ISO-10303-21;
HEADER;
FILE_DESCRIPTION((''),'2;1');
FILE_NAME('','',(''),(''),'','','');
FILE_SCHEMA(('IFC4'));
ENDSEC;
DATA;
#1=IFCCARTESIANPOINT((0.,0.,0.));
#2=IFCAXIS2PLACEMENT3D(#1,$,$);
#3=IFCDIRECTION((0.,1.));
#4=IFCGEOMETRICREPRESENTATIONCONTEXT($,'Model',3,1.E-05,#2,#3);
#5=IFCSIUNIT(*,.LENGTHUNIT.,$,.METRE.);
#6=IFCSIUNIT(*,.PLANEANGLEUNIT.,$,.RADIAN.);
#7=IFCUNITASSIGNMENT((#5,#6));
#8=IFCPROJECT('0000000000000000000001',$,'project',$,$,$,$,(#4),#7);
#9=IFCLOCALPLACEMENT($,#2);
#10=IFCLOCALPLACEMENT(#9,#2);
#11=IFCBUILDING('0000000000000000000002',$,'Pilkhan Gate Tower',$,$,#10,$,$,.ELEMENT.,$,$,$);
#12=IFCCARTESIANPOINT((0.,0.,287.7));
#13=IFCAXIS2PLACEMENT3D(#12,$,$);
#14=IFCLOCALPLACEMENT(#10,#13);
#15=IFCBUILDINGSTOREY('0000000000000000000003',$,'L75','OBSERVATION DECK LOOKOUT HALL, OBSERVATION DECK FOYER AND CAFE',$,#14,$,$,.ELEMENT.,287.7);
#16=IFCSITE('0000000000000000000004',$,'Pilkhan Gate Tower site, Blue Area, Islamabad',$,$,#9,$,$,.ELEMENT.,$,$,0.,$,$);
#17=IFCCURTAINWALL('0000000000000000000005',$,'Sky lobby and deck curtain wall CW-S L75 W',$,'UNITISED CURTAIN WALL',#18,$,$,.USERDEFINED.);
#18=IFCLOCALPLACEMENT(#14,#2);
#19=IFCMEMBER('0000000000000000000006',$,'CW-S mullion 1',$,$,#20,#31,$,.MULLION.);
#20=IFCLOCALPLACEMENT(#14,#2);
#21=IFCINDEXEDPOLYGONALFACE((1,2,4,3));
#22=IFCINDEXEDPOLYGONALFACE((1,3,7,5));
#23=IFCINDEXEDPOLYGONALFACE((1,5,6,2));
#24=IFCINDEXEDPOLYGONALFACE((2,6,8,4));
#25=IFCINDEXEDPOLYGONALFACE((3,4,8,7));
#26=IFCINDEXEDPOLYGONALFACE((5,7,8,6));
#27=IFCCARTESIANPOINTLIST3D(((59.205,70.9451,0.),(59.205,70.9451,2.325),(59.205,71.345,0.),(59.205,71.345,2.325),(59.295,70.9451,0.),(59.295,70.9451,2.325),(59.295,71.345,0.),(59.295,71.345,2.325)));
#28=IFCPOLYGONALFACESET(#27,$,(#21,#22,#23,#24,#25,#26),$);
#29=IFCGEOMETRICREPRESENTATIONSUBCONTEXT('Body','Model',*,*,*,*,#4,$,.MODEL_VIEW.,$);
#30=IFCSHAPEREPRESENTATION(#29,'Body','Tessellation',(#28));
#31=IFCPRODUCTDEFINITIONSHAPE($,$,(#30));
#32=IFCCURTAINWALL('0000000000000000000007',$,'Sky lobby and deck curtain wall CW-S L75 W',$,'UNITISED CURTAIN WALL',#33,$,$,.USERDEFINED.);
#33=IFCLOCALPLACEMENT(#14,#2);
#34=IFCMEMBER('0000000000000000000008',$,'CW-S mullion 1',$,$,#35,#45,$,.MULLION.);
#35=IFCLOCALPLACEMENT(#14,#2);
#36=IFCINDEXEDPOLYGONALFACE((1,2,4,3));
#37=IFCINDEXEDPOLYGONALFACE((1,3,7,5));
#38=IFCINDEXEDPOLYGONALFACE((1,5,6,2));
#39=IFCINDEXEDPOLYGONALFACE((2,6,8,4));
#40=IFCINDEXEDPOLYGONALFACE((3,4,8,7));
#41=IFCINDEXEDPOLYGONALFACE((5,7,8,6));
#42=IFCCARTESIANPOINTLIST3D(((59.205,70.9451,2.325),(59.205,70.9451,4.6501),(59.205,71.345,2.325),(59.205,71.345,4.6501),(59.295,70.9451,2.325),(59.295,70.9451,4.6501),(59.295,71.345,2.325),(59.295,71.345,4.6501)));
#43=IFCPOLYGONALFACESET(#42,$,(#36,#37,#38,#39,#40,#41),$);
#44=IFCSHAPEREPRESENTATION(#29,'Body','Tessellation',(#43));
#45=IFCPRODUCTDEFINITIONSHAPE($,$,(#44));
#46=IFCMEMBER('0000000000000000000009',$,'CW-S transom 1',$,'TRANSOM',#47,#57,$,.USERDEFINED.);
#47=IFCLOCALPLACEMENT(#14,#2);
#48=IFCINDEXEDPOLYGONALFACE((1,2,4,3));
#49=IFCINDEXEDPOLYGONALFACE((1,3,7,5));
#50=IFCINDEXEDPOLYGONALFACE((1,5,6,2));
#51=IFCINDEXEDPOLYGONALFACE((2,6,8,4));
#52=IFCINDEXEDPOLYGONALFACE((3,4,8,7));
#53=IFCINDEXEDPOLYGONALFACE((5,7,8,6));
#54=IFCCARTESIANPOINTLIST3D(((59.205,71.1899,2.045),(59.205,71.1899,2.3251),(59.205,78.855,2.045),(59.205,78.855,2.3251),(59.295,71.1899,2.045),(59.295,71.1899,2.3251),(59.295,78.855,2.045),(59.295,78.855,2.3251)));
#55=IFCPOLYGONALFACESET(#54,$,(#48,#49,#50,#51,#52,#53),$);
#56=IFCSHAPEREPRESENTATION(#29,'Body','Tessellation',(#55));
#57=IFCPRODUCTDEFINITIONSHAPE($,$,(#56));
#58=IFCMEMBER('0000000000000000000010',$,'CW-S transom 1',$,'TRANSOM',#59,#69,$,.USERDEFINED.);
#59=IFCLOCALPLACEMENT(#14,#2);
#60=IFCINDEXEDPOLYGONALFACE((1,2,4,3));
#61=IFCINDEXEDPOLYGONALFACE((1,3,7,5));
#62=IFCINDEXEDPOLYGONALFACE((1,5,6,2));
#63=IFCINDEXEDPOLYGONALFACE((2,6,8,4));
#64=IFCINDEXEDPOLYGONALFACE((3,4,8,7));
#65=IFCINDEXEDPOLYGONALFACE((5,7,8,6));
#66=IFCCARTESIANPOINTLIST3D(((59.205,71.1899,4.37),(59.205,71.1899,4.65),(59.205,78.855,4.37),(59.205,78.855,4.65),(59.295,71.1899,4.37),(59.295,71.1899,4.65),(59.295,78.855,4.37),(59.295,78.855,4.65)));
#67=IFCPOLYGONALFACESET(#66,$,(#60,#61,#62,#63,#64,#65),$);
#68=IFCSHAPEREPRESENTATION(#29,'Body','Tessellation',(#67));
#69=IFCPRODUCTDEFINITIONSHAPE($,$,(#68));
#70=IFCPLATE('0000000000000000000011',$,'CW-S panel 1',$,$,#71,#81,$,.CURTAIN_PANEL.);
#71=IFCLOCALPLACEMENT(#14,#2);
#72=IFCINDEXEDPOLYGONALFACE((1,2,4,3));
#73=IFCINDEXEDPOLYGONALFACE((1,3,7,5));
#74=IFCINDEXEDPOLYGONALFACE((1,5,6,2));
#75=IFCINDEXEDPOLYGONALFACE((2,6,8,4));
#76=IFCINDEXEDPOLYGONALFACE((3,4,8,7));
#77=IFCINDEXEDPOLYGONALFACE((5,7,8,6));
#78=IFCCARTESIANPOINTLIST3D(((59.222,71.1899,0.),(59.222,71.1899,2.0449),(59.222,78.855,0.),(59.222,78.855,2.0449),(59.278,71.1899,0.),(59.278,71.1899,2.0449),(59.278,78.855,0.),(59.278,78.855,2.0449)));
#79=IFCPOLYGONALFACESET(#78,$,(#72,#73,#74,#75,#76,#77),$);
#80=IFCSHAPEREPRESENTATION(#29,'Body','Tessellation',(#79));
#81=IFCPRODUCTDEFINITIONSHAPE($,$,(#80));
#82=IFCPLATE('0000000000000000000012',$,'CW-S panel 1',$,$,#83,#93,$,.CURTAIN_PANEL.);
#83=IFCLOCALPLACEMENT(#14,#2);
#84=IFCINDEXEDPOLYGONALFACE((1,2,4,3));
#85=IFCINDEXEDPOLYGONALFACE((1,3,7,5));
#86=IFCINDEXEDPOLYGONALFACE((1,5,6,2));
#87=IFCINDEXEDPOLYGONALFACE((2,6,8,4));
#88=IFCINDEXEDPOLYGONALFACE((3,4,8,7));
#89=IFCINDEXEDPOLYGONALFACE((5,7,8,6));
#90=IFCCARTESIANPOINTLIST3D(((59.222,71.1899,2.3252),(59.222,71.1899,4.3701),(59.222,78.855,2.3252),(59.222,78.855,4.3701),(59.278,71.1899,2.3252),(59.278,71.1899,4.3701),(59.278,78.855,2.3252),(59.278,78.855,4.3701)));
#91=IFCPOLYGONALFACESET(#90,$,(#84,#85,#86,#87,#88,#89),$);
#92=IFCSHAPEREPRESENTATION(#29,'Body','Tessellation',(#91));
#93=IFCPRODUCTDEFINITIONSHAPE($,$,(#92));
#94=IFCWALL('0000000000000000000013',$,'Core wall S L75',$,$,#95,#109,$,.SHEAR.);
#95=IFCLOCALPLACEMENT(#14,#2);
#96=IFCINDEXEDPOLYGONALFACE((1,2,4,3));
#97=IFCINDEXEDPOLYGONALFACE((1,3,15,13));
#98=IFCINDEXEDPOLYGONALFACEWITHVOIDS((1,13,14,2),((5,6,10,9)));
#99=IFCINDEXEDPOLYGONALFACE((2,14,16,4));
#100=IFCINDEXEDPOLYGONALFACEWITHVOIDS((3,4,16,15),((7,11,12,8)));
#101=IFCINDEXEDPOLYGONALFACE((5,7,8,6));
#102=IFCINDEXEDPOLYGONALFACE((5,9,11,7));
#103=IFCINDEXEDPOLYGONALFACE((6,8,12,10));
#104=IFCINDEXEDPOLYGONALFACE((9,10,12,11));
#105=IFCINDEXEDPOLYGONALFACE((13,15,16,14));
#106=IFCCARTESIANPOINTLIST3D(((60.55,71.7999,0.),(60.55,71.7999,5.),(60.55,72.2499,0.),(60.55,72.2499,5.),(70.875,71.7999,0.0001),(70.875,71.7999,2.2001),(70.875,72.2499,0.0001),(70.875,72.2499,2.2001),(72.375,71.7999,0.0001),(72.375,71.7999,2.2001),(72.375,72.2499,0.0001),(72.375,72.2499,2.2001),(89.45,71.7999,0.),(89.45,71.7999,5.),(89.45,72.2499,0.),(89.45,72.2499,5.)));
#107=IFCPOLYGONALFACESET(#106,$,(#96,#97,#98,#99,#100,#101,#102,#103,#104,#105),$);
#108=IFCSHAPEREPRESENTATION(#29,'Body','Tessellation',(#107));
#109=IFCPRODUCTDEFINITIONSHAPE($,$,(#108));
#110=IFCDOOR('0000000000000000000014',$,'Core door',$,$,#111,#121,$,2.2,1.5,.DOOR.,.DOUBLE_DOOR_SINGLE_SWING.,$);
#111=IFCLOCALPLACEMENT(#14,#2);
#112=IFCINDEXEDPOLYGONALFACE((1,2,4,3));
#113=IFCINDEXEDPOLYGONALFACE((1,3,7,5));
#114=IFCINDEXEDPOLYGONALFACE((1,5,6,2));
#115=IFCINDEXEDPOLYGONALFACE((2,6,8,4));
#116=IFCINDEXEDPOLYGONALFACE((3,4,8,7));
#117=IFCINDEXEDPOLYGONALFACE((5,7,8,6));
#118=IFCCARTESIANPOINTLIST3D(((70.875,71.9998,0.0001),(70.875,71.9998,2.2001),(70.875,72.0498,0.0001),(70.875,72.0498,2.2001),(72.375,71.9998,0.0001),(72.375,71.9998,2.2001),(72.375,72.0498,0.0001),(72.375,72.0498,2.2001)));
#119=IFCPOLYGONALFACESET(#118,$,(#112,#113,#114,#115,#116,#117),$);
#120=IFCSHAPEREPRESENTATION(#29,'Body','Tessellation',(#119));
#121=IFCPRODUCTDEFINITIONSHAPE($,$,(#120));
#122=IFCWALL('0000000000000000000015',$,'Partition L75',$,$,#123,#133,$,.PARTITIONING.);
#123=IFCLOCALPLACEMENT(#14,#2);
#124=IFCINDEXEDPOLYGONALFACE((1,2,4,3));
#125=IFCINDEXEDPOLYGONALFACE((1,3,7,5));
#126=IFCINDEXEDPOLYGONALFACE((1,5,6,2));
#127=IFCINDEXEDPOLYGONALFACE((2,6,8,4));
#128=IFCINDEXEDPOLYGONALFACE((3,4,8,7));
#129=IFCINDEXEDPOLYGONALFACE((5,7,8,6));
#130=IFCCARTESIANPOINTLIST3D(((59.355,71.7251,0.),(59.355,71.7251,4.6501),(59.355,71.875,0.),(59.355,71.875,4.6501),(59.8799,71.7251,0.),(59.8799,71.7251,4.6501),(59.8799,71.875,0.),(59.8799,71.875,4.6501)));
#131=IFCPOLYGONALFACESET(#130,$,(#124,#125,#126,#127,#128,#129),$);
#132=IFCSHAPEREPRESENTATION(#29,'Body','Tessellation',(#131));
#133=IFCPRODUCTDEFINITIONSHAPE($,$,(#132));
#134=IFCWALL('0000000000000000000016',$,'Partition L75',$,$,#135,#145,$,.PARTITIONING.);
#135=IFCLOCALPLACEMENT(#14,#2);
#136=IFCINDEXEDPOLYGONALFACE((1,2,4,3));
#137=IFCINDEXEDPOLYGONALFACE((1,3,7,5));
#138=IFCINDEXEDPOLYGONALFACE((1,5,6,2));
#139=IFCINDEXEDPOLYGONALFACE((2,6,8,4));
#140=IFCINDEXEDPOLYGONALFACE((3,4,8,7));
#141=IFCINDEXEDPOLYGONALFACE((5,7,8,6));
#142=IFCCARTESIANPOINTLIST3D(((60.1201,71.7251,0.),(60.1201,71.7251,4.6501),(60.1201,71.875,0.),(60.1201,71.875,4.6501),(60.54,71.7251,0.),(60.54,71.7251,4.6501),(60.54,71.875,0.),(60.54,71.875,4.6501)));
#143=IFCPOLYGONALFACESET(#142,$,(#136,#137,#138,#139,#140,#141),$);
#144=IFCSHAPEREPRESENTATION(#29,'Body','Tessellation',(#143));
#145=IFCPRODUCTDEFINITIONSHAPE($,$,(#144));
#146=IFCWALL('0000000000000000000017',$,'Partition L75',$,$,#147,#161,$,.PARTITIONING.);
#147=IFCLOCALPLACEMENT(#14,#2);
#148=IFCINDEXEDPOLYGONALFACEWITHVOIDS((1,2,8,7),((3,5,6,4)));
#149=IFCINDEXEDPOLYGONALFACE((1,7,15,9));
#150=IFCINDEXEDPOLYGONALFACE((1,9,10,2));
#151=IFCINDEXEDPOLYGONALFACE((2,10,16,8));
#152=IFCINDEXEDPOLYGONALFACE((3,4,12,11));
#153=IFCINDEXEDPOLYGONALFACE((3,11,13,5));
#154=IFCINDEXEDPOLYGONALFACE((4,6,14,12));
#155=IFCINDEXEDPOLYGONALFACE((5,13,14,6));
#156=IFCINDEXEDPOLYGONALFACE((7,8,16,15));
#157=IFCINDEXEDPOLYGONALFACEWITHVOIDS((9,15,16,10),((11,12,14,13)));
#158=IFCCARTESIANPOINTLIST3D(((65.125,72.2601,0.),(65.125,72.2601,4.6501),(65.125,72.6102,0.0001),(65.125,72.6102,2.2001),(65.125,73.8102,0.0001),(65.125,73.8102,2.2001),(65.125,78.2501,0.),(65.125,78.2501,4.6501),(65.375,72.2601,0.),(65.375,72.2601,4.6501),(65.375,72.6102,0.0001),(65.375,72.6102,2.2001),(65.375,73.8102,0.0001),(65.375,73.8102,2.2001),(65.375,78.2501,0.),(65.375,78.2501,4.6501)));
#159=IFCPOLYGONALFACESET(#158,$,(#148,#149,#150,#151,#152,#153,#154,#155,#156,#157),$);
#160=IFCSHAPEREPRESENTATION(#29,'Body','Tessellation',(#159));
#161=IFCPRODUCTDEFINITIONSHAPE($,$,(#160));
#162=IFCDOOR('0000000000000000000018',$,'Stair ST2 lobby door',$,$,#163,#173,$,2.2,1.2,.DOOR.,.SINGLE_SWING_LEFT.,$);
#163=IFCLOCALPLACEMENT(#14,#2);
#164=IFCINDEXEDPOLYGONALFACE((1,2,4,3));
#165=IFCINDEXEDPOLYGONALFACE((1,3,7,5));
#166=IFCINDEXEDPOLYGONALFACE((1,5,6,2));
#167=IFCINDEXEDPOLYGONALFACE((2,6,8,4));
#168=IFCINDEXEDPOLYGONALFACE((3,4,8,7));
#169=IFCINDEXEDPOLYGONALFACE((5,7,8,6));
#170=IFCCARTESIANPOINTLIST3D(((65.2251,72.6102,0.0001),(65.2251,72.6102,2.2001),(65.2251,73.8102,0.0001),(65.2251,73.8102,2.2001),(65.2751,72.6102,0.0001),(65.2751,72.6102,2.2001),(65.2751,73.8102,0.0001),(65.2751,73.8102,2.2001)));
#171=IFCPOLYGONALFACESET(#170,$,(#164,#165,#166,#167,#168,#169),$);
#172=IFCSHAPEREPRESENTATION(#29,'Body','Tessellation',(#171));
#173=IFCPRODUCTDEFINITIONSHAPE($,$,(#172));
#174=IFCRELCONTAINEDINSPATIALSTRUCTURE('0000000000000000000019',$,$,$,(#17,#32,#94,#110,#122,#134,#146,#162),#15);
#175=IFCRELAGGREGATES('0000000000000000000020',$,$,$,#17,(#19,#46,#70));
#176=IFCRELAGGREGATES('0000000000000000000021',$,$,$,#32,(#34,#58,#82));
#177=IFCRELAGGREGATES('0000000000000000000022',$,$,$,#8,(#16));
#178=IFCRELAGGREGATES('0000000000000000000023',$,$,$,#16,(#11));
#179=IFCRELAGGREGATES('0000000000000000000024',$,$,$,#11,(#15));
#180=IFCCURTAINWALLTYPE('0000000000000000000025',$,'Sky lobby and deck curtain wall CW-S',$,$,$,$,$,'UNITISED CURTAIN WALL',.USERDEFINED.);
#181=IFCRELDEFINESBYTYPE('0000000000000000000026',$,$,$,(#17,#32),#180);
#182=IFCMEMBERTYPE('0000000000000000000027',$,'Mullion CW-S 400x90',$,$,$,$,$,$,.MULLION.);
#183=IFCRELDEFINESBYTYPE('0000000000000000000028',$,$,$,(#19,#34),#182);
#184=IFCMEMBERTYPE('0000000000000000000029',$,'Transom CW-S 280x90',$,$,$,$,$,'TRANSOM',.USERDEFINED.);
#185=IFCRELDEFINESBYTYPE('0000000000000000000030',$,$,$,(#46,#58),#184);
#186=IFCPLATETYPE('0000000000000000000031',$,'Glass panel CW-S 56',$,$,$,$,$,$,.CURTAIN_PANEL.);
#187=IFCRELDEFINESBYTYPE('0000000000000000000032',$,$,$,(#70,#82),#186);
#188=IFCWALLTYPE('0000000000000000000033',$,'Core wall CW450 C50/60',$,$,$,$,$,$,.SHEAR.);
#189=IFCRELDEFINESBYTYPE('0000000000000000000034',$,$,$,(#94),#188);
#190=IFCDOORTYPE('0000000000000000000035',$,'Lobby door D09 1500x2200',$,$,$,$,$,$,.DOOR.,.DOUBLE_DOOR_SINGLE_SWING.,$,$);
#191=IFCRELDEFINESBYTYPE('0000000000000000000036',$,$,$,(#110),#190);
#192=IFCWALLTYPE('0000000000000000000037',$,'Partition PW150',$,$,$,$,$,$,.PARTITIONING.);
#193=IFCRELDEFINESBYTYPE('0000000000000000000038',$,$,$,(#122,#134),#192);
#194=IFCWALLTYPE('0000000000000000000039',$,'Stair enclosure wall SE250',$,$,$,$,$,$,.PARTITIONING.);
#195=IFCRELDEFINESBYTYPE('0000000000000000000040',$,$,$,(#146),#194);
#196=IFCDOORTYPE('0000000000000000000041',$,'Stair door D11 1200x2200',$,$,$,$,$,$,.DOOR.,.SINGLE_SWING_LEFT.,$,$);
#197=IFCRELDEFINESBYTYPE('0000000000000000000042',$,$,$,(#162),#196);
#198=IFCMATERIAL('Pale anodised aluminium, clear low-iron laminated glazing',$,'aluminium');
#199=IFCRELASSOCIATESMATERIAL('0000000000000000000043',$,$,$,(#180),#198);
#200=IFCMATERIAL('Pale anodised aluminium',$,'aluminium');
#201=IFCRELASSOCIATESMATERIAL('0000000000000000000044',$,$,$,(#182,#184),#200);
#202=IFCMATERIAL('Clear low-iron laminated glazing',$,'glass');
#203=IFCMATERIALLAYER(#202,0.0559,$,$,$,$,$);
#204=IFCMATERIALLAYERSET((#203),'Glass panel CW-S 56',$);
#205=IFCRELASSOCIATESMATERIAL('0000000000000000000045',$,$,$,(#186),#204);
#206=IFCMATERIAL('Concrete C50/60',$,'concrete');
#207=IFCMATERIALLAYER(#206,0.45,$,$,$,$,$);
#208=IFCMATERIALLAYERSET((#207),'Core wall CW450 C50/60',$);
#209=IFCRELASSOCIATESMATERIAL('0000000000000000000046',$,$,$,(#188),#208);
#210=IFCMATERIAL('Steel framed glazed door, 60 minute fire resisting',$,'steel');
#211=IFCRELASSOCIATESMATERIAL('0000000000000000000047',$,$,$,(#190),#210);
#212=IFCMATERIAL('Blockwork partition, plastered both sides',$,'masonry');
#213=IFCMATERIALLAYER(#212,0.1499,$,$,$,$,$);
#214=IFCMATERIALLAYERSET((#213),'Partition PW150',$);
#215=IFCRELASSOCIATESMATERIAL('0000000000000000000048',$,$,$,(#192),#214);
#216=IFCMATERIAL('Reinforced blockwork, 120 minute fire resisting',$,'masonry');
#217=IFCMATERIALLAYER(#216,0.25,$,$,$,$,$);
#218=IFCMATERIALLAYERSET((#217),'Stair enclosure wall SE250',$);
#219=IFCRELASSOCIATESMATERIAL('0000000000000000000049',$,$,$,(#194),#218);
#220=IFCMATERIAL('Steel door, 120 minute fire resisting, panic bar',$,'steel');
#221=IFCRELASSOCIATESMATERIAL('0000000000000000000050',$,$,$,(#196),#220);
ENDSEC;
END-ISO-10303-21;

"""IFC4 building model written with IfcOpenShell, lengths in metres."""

from ifc_helpers import new_model, si_unit, direction, frame, frame_2d, origin, origin_2d, place, context, subcontext, project, spatial, rectangle, extrude, material, layer, layer_set, material_profile, profile_set, type_object, element, fill, aggregate, save


model = new_model("IFC4")

# Units and contexts
model_context = context("Model", 3, precision=1e-05, world=origin(), true_north=direction((0.0, 1.0)))
body_context = subcontext(model_context, "Body", "Model", "MODEL_VIEW")
ifc_project = project(units=[si_unit("LENGTHUNIT", "METRE"), si_unit("PLANEANGLEUNIT", "RADIAN")], contexts=[model_context])

# Site, building, storey
site_placement = place(None, origin())
site = spatial("IfcSite", under=ifc_project, at=site_placement, Name="Pilkhan Gate Tower site, Blue Area, Islamabad", CompositionType="ELEMENT", RefElevation=0.0)
building_placement = place(site_placement, origin())
building = spatial("IfcBuilding", under=site, at=building_placement, Name="Pilkhan Gate Tower", CompositionType="ELEMENT")
storey_placement = place(building_placement, frame((0.0, 0.0, 287.7)))
storey = spatial("IfcBuildingStorey", under=building, at=storey_placement, Name="L75", Description="OBSERVATION DECK LOOKOUT HALL, OBSERVATION DECK FOYER AND CAFE", CompositionType="ELEMENT", Elevation=287.7)

# Curtain walls, members
ifc_material_1 = material(Name="Pale anodised aluminium, clear low-iron laminated glazing", Category="aluminium")
curtain_wall_type = type_object("IfcCurtainWallType", Name="Sky lobby and deck curtain wall CW-S", ElementType="UNITISED CURTAIN WALL", PredefinedType="USERDEFINED", material=ifc_material_1)
curtain_wall_1_placement = place(storey_placement, origin())
curtain_wall_1 = element("IfcCurtainWall", 1, at=curtain_wall_1_placement, inside=storey, type_object=curtain_wall_type, Name="Sky lobby and deck curtain wall CW-S L75 W", ObjectType="UNITISED CURTAIN WALL", PredefinedType="USERDEFINED")
ifc_material_2 = material(Name="Pale anodised aluminium", Category="aluminium")
ifc_material_profile_1 = material_profile(ifc_material_2, rectangle(XDim=0.0901, YDim=0.3999, at=origin_2d()), Name="Mullion 400x90")
ifc_profile_set_1 = profile_set([ifc_material_profile_1], Name="Pale anodised aluminium")
member_type_1 = type_object("IfcMemberType", Name="Mullion CW-S 400x90", PredefinedType="MULLION", material=ifc_profile_set_1)
member_1_placement = place(storey_placement, frame((59.25, 71.145, 0.0), z_axis=(0.0, 0.0, 1.0), x_axis=(-1.0, 0.0, 0.0)))
member_1 = element("IfcMember", 2, at=member_1_placement, type_object=member_type_1, Name="CW-S mullion 1", PredefinedType="MULLION", context=body_context, shape_type="SweptSolid", body=[
    extrude(rectangle(XDim=0.0901, YDim=0.3999, at=origin_2d()), origin(), (0.0, 0.0, 1.0), 2.325),
])
curtain_wall_2_placement = place(storey_placement, origin())
curtain_wall_2 = element("IfcCurtainWall", 3, at=curtain_wall_2_placement, inside=storey, type_object=curtain_wall_type, Name="Sky lobby and deck curtain wall CW-S L75 W", ObjectType="UNITISED CURTAIN WALL", PredefinedType="USERDEFINED")
member_2_placement = place(storey_placement, frame((59.25, 71.145, 2.325), z_axis=(0.0, 0.0, 1.0), x_axis=(-1.0, 0.0, 0.0)))
member_2 = element("IfcMember", 4, at=member_2_placement, type_object=member_type_1, Name="CW-S mullion 1", PredefinedType="MULLION", context=body_context, shape_type="SweptSolid", body=[
    extrude(rectangle(XDim=0.0901, YDim=0.3999, at=origin_2d()), origin(), (0.0, 0.0, 1.0), 2.3252),
])

# Members
ifc_material_profile_2 = material_profile(ifc_material_2, rectangle(XDim=0.0901, YDim=0.28, at=origin_2d()), Name="Transom 280x90")
ifc_profile_set_2 = profile_set([ifc_material_profile_2], Name="Pale anodised aluminium")
member_type_2 = type_object("IfcMemberType", Name="Transom CW-S 280x90", ElementType="TRANSOM", PredefinedType="USERDEFINED", material=ifc_profile_set_2)
member_3_placement = place(storey_placement, frame((59.25, 71.1899, 2.1851), z_axis=(0.0, 1.0, 0.0), x_axis=(-1.0, 0.0, 0.0)))
member_3 = element("IfcMember", 5, at=member_3_placement, type_object=member_type_2, Name="CW-S transom 1", ObjectType="TRANSOM", PredefinedType="USERDEFINED", context=body_context, shape_type="SweptSolid", body=[
    extrude(rectangle(XDim=0.0901, YDim=0.28, at=origin_2d()), origin(), (0.0, 0.0, 1.0), 7.665),
])
member_4_placement = place(storey_placement, frame((59.25, 71.1899, 4.51), z_axis=(0.0, 1.0, 0.0), x_axis=(-1.0, 0.0, 0.0)))
member_4 = element("IfcMember", 6, at=member_4_placement, type_object=member_type_2, Name="CW-S transom 1", ObjectType="TRANSOM", PredefinedType="USERDEFINED", context=body_context, shape_type="SweptSolid", body=[
    extrude(rectangle(XDim=0.0901, YDim=0.28, at=origin_2d()), origin(), (0.0, 0.0, 1.0), 7.665),
])

# Plates
ifc_material_3 = material(Name="Clear low-iron laminated glazing", Category="glass")
ifc_layer_1 = layer(ifc_material_3, 0.0559)
ifc_layer_set_1 = layer_set([ifc_layer_1], Name="Glass panel CW-S 56")
plate_type = type_object("IfcPlateType", Name="Glass panel CW-S 56", PredefinedType="CURTAIN_PANEL", material=ifc_layer_set_1)
plate_1_placement = place(storey_placement, frame((59.25, 75.0225, 0.0), z_axis=(0.0, 0.0, 1.0), x_axis=(0.0, 1.0, 0.0)))
plate_1 = element("IfcPlate", 7, at=plate_1_placement, type_object=plate_type, Name="CW-S panel 1", PredefinedType="CURTAIN_PANEL", context=body_context, shape_type="SweptSolid", body=[
    extrude(rectangle(XDim=7.665, YDim=0.0559, at=origin_2d()), origin(), (0.0, 0.0, 1.0), 2.0449),
])
aggregate(curtain_wall_1, [member_1, member_3, plate_1])
plate_2_placement = place(storey_placement, frame((59.25, 75.0225, 2.3252), z_axis=(0.0, 0.0, 1.0), x_axis=(0.0, 1.0, 0.0)))
plate_2 = element("IfcPlate", 8, at=plate_2_placement, type_object=plate_type, Name="CW-S panel 1", PredefinedType="CURTAIN_PANEL", context=body_context, shape_type="SweptSolid", body=[
    extrude(rectangle(XDim=7.665, YDim=0.0559, at=origin_2d()), origin(), (0.0, 0.0, 1.0), 2.0449),
])
aggregate(curtain_wall_2, [member_2, member_4, plate_2])

# Wall, opening, door
ifc_material_4 = material(Name="Concrete C50/60", Category="concrete")
ifc_layer_2 = layer(ifc_material_4, 0.45)
ifc_layer_set_2 = layer_set([ifc_layer_2], Name="Core wall CW450 C50/60")
wall_type_1 = type_object("IfcWallType", Name="Core wall CW450 C50/60", PredefinedType="SHEAR", material=ifc_layer_set_2)
wall_1_placement = place(storey_placement, frame((60.55, 72.0249, 0.0), z_axis=(0.0, 0.0, 1.0), x_axis=(1.0, 0.0, 0.0)))
wall_1 = element("IfcWall", 9, at=wall_1_placement, inside=storey, type_object=wall_type_1, Name="Core wall S L75", PredefinedType="SHEAR", context=body_context, shape_type="SweptSolid", body=[
    extrude(rectangle(XDim=28.8999, YDim=0.45, at=frame_2d((14.45, 0.0))), origin(), (0.0, 0.0, 1.0), 5.0),
])
opening_1_placement = place(wall_1_placement, frame((10.325, 0.0, 0.0)))
opening_1 = element("IfcOpeningElement", 10, at=opening_1_placement, cuts=wall_1, PredefinedType="OPENING", context=body_context, shape_type="SweptSolid", body=[
    extrude(rectangle(XDim=1.5, YDim=2.2, at=frame_2d((0.75, 1.1001))), frame((0.0, 0.2349, 0.0), z_axis=(0.0, -1.0, 0.0), x_axis=(1.0, 0.0, 0.0)), (0.0, 0.0, 1.0), 0.47),
])
ifc_material_5 = material(Name="Steel framed glazed door, 60 minute fire resisting", Category="steel")
door_type_1 = type_object("IfcDoorType", Name="Lobby door D09 1500x2200", OperationType="DOUBLE_DOOR_SINGLE_SWING", PredefinedType="DOOR", material=ifc_material_5)
door_1_placement = place(opening_1_placement, origin())
door_1 = element("IfcDoor", 11, at=door_1_placement, inside=storey, type_object=door_type_1, Name="Core door", OperationType="DOUBLE_DOOR_SINGLE_SWING", OverallHeight=2.2, OverallWidth=1.5, PredefinedType="DOOR", context=body_context, shape_type="SweptSolid", body=[
    extrude(rectangle(XDim=1.5, YDim=2.2, at=frame_2d((0.75, 1.1001))), frame((0.0, 0.0249, 0.0), z_axis=(0.0, -1.0, 0.0), x_axis=(1.0, 0.0, 0.0)), (0.0, 0.0, 1.0), 0.05),
])
fill(opening_1, door_1)

# Walls
ifc_material_6 = material(Name="Blockwork partition, plastered both sides", Category="masonry")
ifc_layer_3 = layer(ifc_material_6, 0.1499)
ifc_layer_set_3 = layer_set([ifc_layer_3], Name="Partition PW150")
wall_type_2 = type_object("IfcWallType", Name="Partition PW150", PredefinedType="PARTITIONING", material=ifc_layer_set_3)
wall_2_placement = place(storey_placement, frame((59.355, 71.8, 0.0), z_axis=(0.0, 0.0, 1.0), x_axis=(1.0, 0.0, 0.0)))
element("IfcWall", 12, at=wall_2_placement, inside=storey, type_object=wall_type_2, Name="Partition L75", PredefinedType="PARTITIONING", context=body_context, shape_type="SweptSolid", body=[
    extrude(rectangle(XDim=0.5249, YDim=0.1499, at=frame_2d((0.2625, 0.0))), origin(), (0.0, 0.0, 1.0), 4.6501),
])
wall_3_placement = place(storey_placement, frame((60.1201, 71.8, 0.0), z_axis=(0.0, 0.0, 1.0), x_axis=(1.0, 0.0, 0.0)))
element("IfcWall", 13, at=wall_3_placement, inside=storey, type_object=wall_type_2, Name="Partition L75", PredefinedType="PARTITIONING", context=body_context, shape_type="SweptSolid", body=[
    extrude(rectangle(XDim=0.4199, YDim=0.1499, at=frame_2d((0.21, 0.0))), origin(), (0.0, 0.0, 1.0), 4.6501),
])

# Wall, opening, door
ifc_material_7 = material(Name="Reinforced blockwork, 120 minute fire resisting", Category="masonry")
ifc_layer_4 = layer(ifc_material_7, 0.25)
ifc_layer_set_4 = layer_set([ifc_layer_4], Name="Stair enclosure wall SE250")
wall_type_3 = type_object("IfcWallType", Name="Stair enclosure wall SE250", PredefinedType="PARTITIONING", material=ifc_layer_set_4)
wall_4_placement = place(storey_placement, frame((65.25, 72.26, 0.0), z_axis=(0.0, 0.0, 1.0), x_axis=(0.0, 1.0, 0.0)))
wall_4 = element("IfcWall", 14, at=wall_4_placement, inside=storey, type_object=wall_type_3, Name="Partition L75", PredefinedType="PARTITIONING", context=body_context, shape_type="SweptSolid", body=[
    extrude(rectangle(XDim=5.99, YDim=0.25, at=frame_2d((2.9951, 0.0))), origin(), (0.0, 0.0, 1.0), 4.6501),
])
opening_2_placement = place(wall_4_placement, frame((0.3501, 0.0, 0.0)))
opening_2 = element("IfcOpeningElement", 15, at=opening_2_placement, cuts=wall_4, PredefinedType="OPENING", context=body_context, shape_type="SweptSolid", body=[
    extrude(rectangle(XDim=1.2, YDim=2.2, at=frame_2d((0.6001, 1.1001))), frame((0.0, 0.135, 0.0), z_axis=(0.0, -1.0, 0.0), x_axis=(1.0, 0.0, 0.0)), (0.0, 0.0, 1.0), 0.27),
])
ifc_material_8 = material(Name="Steel door, 120 minute fire resisting, panic bar", Category="steel")
door_type_2 = type_object("IfcDoorType", Name="Stair door D11 1200x2200", OperationType="SINGLE_SWING_LEFT", PredefinedType="DOOR", material=ifc_material_8)
door_2_placement = place(opening_2_placement, origin())
door_2 = element("IfcDoor", 16, at=door_2_placement, inside=storey, type_object=door_type_2, Name="Stair ST2 lobby door", OperationType="SINGLE_SWING_LEFT", OverallHeight=2.2, OverallWidth=1.2, PredefinedType="DOOR", context=body_context, shape_type="SweptSolid", body=[
    extrude(rectangle(XDim=1.2, YDim=2.2, at=frame_2d((0.6001, 1.1001))), frame((0.0, 0.0249, 0.0), z_axis=(0.0, -1.0, 0.0), x_axis=(1.0, 0.0, 0.0)), (0.0, 0.0, 1.0), 0.05),
])
fill(opening_2, door_2)

save(model, "model.ifc")
